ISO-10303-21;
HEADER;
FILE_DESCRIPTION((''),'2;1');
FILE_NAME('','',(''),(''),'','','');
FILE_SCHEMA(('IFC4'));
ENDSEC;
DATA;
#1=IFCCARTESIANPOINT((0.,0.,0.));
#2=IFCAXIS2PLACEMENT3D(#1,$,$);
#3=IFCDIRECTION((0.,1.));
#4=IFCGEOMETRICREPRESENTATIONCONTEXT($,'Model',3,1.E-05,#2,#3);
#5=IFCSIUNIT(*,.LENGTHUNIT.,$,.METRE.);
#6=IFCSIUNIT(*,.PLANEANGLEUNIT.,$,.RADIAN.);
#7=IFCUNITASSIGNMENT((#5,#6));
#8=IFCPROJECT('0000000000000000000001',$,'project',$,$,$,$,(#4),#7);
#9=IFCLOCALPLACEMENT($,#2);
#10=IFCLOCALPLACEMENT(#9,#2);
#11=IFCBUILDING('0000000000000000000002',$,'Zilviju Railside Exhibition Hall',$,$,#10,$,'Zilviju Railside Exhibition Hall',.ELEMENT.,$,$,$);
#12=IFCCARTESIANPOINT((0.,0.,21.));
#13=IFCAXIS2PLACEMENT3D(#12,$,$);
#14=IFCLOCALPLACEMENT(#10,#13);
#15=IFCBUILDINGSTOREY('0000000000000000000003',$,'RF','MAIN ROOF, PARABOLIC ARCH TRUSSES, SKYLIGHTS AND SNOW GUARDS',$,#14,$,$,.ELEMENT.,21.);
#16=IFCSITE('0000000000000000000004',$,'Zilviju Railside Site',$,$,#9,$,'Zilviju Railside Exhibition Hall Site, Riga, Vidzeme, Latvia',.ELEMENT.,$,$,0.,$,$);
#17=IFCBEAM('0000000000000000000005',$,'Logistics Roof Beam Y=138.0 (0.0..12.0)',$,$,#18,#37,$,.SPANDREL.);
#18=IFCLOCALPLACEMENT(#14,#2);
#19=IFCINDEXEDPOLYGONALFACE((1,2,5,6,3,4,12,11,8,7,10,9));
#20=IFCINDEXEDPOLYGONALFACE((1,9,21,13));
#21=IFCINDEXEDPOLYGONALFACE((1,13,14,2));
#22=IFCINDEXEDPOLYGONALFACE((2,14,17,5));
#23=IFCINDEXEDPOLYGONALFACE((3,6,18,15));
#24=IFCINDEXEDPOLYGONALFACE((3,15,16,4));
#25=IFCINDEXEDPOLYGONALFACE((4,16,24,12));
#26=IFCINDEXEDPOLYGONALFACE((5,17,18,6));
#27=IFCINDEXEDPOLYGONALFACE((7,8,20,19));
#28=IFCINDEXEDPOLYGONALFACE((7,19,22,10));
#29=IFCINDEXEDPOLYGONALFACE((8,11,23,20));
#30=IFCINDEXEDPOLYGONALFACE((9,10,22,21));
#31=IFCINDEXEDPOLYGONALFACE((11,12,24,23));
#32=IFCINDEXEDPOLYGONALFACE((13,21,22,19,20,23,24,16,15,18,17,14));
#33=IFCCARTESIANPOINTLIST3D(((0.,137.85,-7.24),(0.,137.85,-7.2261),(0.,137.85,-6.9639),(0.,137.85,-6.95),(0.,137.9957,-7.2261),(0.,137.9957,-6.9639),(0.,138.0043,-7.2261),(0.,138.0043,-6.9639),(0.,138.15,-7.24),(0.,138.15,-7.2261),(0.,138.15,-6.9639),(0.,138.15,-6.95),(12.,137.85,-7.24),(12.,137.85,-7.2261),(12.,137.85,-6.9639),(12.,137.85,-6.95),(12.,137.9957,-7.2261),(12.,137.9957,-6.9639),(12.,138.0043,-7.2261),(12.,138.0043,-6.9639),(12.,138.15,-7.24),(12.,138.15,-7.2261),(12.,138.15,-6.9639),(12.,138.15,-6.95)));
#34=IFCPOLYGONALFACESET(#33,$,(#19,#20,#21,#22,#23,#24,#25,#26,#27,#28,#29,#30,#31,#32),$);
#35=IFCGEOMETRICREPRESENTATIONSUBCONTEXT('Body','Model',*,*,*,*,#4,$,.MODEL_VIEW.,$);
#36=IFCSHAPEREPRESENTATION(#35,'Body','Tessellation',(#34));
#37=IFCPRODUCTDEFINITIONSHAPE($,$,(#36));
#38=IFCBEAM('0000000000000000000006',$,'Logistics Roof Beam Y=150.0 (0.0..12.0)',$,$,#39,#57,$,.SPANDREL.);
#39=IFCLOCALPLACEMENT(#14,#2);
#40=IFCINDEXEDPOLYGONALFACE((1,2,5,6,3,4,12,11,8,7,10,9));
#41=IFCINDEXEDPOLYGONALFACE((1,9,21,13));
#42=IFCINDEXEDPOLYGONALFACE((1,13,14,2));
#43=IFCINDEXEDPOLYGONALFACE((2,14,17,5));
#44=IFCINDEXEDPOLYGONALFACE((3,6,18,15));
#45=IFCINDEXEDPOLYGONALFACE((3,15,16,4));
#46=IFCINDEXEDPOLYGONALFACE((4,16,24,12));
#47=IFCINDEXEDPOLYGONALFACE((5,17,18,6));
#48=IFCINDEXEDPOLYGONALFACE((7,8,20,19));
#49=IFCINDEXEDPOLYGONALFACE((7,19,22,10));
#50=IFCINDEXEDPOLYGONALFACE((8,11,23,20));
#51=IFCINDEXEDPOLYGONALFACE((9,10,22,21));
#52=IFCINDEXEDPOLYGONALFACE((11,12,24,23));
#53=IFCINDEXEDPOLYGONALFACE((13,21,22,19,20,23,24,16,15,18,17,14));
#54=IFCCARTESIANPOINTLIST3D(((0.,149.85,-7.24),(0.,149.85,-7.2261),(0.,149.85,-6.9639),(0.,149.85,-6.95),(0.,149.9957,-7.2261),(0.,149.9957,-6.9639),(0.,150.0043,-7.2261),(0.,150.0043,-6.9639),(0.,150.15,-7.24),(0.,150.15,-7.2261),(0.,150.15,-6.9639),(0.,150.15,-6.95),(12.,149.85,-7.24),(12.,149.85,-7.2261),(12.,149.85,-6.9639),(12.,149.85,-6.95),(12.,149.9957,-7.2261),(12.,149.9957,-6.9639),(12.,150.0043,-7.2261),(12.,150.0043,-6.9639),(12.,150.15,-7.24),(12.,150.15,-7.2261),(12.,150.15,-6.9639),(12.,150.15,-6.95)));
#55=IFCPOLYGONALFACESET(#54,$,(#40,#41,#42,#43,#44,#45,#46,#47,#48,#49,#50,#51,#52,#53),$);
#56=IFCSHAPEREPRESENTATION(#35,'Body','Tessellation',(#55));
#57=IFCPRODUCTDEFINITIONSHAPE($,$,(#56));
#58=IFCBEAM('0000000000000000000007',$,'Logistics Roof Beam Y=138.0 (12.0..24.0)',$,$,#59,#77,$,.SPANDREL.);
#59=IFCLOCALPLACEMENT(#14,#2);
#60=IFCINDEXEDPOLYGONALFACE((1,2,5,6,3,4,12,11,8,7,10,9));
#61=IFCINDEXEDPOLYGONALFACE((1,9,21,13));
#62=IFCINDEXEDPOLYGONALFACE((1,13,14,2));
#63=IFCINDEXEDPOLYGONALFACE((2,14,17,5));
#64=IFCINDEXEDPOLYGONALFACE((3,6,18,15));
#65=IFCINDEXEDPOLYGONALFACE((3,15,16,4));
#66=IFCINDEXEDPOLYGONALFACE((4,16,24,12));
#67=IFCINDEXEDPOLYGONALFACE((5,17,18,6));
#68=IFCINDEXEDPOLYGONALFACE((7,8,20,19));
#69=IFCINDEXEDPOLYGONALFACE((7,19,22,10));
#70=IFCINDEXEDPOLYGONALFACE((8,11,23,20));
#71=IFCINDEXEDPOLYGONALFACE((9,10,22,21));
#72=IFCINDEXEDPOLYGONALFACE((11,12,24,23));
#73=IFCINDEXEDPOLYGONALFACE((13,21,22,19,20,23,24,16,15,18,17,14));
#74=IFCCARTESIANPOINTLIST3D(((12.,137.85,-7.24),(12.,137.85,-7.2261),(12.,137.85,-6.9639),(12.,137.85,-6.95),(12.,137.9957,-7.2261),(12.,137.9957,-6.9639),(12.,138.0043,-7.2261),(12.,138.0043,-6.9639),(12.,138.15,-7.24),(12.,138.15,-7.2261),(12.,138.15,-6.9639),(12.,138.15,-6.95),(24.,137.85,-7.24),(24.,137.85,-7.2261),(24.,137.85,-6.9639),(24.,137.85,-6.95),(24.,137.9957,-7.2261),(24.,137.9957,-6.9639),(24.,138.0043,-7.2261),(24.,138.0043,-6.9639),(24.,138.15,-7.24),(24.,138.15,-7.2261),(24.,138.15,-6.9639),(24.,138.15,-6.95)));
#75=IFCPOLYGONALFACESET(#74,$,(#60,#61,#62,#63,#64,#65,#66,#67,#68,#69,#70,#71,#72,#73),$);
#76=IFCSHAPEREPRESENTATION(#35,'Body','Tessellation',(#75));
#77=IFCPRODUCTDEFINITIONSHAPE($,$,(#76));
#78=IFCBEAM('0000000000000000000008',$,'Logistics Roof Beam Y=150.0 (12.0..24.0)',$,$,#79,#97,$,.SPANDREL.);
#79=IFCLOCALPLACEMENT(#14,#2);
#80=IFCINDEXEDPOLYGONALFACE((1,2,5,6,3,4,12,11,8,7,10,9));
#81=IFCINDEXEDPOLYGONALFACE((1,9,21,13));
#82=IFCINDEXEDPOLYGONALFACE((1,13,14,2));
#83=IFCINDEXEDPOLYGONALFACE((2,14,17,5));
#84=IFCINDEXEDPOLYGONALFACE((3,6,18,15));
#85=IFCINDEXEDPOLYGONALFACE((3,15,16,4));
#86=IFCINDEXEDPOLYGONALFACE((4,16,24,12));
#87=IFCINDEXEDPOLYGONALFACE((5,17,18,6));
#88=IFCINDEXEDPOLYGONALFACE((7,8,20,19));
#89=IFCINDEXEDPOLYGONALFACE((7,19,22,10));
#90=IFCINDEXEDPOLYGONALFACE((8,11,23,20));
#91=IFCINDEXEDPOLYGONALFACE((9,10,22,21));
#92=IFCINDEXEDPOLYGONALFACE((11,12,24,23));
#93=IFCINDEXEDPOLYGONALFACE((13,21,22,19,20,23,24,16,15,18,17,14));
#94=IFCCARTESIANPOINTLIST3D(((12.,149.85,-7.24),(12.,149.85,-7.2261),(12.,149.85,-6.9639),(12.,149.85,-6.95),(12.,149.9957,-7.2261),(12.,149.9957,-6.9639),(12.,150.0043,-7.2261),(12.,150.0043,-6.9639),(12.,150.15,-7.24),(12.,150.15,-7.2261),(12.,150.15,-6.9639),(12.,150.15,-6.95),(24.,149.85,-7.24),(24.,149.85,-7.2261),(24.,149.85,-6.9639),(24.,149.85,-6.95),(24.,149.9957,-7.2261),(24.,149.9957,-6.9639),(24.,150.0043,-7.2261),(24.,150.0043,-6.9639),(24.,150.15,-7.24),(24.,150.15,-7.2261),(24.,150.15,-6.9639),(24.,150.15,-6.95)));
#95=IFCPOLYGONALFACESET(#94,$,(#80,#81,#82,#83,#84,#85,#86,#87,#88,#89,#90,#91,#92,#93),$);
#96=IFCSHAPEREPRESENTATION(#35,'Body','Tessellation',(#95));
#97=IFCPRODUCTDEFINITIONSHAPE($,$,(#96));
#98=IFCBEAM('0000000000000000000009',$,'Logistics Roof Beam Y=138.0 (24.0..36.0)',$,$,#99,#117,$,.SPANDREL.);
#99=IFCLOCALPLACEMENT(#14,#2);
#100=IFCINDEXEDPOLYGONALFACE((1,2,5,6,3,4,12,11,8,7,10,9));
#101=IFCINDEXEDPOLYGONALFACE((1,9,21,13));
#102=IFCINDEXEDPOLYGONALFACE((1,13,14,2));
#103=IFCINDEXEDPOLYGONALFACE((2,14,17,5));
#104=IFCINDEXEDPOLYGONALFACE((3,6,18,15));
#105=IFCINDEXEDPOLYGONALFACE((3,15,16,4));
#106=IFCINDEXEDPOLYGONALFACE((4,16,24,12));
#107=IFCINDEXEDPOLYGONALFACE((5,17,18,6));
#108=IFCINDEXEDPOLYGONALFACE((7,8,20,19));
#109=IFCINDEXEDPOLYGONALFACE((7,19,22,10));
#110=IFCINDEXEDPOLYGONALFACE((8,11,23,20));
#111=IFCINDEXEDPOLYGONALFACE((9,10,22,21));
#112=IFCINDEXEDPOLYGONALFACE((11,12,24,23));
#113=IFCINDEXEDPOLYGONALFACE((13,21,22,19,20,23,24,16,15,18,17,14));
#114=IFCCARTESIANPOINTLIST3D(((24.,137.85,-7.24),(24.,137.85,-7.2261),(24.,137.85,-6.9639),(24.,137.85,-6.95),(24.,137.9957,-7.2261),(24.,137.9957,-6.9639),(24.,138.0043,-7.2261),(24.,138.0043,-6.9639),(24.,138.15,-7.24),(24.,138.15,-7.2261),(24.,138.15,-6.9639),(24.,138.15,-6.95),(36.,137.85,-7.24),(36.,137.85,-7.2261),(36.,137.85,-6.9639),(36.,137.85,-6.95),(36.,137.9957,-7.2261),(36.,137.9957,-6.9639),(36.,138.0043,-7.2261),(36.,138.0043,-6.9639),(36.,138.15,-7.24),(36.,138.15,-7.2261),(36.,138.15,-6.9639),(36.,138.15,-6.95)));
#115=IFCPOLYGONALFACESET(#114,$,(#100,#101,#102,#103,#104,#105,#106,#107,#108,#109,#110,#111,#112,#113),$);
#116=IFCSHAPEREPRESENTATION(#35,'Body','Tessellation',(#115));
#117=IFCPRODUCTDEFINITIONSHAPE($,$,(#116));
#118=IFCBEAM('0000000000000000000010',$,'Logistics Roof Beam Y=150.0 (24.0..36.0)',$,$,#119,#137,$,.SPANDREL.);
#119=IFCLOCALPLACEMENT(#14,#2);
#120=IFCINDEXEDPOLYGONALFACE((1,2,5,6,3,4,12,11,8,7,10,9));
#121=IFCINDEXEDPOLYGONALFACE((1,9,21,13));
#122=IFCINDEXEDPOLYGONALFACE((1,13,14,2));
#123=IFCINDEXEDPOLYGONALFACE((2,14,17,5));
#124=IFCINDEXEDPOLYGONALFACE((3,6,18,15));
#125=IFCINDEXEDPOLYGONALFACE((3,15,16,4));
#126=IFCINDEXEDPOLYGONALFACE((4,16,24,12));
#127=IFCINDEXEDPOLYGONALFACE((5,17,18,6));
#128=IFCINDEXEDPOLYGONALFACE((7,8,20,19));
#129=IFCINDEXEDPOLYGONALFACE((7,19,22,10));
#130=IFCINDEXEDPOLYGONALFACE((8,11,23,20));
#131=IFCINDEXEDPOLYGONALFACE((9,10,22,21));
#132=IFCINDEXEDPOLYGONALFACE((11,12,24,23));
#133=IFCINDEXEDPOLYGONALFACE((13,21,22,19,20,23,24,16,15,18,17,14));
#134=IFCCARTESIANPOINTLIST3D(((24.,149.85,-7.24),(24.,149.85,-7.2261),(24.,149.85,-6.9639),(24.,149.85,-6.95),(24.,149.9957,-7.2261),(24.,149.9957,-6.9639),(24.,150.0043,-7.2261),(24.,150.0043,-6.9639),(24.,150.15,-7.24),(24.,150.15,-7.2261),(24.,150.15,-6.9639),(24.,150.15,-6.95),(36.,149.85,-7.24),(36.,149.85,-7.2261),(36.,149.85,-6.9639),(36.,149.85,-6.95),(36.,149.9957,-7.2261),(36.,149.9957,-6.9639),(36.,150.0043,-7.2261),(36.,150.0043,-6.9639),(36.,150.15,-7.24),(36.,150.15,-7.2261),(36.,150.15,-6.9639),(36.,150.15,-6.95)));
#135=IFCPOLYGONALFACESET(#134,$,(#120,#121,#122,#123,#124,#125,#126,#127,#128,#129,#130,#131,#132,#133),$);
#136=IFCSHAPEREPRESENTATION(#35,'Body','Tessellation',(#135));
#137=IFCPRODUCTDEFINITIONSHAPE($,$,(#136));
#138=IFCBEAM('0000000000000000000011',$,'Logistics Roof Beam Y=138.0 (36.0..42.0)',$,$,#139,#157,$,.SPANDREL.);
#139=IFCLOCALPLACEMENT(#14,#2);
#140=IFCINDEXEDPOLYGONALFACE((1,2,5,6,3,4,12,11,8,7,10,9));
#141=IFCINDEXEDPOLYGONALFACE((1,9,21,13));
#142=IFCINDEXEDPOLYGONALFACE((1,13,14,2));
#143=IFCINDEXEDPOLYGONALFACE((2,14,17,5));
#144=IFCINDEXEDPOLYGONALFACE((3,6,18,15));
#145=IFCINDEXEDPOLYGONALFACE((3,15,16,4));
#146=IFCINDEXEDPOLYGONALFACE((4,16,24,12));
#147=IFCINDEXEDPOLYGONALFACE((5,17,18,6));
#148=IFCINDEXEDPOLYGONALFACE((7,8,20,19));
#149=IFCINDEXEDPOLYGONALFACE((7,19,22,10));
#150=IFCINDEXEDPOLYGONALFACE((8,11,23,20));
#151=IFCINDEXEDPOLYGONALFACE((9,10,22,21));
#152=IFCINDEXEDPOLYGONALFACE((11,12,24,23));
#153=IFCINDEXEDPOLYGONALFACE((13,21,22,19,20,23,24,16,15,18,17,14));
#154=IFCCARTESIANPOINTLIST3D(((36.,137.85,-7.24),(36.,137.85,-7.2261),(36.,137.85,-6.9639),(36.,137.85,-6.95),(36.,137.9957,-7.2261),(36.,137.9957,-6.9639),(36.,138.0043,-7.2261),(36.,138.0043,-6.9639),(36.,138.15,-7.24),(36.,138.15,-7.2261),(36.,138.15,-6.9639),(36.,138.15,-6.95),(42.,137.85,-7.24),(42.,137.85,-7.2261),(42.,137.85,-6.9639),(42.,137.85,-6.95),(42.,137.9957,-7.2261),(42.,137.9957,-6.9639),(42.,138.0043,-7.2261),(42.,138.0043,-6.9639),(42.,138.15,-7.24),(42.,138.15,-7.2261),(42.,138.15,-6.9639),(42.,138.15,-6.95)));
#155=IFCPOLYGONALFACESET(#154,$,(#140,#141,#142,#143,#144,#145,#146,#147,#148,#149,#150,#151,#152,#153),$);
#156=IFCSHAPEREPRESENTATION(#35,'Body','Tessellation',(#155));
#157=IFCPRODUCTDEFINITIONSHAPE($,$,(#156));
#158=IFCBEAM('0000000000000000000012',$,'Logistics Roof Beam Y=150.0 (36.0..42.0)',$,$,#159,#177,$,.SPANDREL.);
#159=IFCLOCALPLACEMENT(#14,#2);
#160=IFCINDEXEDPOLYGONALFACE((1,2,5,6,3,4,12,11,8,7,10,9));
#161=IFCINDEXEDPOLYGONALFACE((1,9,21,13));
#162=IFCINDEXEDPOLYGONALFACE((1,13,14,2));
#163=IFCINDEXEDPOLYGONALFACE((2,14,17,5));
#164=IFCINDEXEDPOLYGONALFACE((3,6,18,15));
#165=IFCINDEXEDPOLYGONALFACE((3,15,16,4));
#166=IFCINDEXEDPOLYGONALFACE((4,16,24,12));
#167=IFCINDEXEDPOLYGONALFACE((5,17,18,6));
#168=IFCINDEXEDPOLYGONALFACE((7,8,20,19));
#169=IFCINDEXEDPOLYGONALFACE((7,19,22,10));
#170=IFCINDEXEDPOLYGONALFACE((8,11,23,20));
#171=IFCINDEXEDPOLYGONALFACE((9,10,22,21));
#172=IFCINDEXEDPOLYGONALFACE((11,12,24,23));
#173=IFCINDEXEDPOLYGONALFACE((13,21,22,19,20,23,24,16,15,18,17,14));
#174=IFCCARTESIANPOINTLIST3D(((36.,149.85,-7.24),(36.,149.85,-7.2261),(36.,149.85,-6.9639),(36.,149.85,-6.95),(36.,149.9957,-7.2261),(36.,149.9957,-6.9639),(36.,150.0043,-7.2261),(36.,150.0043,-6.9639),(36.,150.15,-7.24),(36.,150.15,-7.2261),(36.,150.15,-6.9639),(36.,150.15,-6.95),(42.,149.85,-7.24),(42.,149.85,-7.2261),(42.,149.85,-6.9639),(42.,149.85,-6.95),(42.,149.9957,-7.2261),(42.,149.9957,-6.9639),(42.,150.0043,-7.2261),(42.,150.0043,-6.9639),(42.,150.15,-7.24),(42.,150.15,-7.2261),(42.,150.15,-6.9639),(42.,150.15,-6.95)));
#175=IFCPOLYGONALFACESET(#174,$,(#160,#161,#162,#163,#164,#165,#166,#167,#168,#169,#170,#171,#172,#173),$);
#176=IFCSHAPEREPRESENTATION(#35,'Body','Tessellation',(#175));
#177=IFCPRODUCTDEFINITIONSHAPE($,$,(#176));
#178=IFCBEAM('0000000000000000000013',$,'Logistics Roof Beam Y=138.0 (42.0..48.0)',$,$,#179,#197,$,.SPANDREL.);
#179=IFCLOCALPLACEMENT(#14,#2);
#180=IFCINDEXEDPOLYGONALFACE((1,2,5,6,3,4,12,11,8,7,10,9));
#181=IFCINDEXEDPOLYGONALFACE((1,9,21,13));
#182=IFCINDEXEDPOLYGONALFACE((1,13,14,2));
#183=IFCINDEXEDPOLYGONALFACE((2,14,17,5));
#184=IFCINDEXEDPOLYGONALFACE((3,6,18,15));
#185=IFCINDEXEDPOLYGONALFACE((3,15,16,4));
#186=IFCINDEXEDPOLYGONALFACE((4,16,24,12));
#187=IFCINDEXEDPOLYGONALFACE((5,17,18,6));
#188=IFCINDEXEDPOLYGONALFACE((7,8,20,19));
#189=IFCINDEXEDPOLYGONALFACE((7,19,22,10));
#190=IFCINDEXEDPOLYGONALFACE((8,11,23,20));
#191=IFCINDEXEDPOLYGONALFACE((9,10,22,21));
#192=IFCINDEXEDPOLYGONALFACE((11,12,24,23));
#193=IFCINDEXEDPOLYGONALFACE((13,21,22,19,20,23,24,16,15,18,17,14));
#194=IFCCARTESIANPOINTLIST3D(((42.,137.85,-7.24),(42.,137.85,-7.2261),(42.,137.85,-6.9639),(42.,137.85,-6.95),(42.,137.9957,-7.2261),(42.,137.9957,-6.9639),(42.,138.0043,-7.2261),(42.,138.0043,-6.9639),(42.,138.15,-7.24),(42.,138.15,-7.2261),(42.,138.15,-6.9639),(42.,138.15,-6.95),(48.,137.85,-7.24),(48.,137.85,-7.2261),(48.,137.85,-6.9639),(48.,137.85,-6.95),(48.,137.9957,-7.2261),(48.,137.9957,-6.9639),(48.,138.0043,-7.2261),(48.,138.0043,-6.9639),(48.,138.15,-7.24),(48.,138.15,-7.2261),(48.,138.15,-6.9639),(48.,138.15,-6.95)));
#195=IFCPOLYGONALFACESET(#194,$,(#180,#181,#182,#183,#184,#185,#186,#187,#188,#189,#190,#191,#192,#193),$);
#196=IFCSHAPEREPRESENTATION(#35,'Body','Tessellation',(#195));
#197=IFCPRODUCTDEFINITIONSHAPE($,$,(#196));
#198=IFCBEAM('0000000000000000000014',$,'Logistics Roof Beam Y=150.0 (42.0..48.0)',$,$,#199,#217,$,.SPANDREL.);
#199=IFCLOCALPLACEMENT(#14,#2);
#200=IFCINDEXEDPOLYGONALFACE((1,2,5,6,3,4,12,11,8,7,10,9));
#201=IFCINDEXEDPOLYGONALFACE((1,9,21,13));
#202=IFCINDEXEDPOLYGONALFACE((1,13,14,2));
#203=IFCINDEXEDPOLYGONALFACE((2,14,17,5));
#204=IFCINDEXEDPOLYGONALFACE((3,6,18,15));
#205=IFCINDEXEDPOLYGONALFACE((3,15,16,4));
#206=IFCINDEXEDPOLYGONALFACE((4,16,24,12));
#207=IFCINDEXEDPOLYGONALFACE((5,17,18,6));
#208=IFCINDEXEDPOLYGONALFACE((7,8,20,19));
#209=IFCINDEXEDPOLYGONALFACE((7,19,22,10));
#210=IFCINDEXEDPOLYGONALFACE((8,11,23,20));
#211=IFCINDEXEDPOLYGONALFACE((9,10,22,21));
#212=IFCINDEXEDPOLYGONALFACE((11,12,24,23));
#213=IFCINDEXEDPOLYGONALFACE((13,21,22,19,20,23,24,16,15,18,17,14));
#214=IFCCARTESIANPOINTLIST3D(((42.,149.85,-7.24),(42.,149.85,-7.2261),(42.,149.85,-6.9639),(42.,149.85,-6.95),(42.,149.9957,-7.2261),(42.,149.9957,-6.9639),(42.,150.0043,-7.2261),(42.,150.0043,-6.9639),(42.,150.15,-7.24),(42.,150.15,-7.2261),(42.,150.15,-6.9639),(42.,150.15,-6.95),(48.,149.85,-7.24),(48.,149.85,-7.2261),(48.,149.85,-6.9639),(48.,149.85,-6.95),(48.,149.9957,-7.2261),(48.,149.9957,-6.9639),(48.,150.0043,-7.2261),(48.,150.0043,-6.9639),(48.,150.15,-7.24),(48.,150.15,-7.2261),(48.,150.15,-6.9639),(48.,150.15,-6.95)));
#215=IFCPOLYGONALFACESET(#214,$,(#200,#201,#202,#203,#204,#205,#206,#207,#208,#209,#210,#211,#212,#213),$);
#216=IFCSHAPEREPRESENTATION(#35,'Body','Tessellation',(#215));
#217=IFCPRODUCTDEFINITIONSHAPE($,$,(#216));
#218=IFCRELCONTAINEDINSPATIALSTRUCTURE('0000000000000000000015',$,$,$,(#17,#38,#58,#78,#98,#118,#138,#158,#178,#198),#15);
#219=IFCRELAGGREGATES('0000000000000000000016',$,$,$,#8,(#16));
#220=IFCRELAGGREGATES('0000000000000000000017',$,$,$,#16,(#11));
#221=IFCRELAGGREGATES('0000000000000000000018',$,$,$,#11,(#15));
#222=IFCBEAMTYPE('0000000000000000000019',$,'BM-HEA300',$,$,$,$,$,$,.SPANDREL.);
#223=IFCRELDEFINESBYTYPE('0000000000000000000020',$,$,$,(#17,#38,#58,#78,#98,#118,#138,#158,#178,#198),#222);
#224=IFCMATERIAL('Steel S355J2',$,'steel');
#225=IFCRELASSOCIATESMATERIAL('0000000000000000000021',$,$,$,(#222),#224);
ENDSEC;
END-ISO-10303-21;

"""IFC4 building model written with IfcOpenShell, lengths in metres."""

from ifc_helpers import new_model, si_unit, direction, frame, origin, origin_2d, place, context, subcontext, project, spatial, i_section, extrude, material, material_profile, profile_set, type_object, element, save


model = new_model("IFC4")

# Units and contexts
model_context = context("Model", 3, precision=1e-05, world=origin(), true_north=direction((0.0, 1.0)))
body_context = subcontext(model_context, "Body", "Model", "MODEL_VIEW")
ifc_project = project(units=[si_unit("LENGTHUNIT", "METRE"), si_unit("PLANEANGLEUNIT", "RADIAN")], contexts=[model_context])

# Site, building, storey
site_placement = place(None, origin())
site = spatial("IfcSite", under=ifc_project, at=site_placement, Name="Zilviju Railside Site", LongName="Zilviju Railside Exhibition Hall Site, Riga, Vidzeme, Latvia", CompositionType="ELEMENT", RefElevation=0.0)
building_placement = place(site_placement, origin())
building = spatial("IfcBuilding", under=site, at=building_placement, Name="Zilviju Railside Exhibition Hall", LongName="Zilviju Railside Exhibition Hall", CompositionType="ELEMENT")
storey_placement = place(building_placement, frame((0.0, 0.0, 21.0)))
storey = spatial("IfcBuildingStorey", under=building, at=storey_placement, Name="RF", Description="MAIN ROOF, PARABOLIC ARCH TRUSSES, SKYLIGHTS AND SNOW GUARDS", CompositionType="ELEMENT", Elevation=21.0)

# Beams
ifc_material_1 = material(Name="Steel S355J2", Category="steel")
ifc_material_profile_1 = material_profile(ifc_material_1, i_section(OverallWidth=0.3, OverallDepth=0.29, WebThickness=0.0085, FlangeThickness=0.0139, at=origin_2d()), Name="HEA 300")
ifc_profile_set_1 = profile_set([ifc_material_profile_1], Name="Steel S355J2")
beam_type_1 = type_object("IfcBeamType", Name="BM-HEA300", PredefinedType="SPANDREL", material=ifc_profile_set_1)
for number, where, z_axis, x_axis, name in (
    (1, (0.0, 138.0, -7.095), (1.0, 0.0, 0.0), (0.0, 1.0, 0.0), "Logistics Roof Beam Y=138.0 (0.0..12.0)"),
    (2, (0.0, 150.0, -7.095), (1.0, 0.0, 0.0), (0.0, 1.0, 0.0), "Logistics Roof Beam Y=150.0 (0.0..12.0)"),
    (3, (12.0, 138.0, -7.095), (1.0, 0.0, 0.0), (0.0, 1.0, 0.0), "Logistics Roof Beam Y=138.0 (12.0..24.0)"),
    (4, (12.0, 150.0, -7.095), (1.0, 0.0, 0.0), (0.0, 1.0, 0.0), "Logistics Roof Beam Y=150.0 (12.0..24.0)"),
    (5, (24.0, 138.0, -7.095), (1.0, 0.0, 0.0), (0.0, 1.0, 0.0), "Logistics Roof Beam Y=138.0 (24.0..36.0)"),
    (6, (24.0, 150.0, -7.095), (1.0, 0.0, 0.0), (0.0, 1.0, 0.0), "Logistics Roof Beam Y=150.0 (24.0..36.0)"),
):
    element("IfcBeam", number, at=place(storey_placement, frame(where, z_axis=z_axis, x_axis=x_axis)), inside=storey, type_object=beam_type_1, Name=name, PredefinedType="SPANDREL", context=body_context, shape_type="SweptSolid", body=[
        extrude(i_section(OverallWidth=0.3, OverallDepth=0.29, WebThickness=0.0085, FlangeThickness=0.0139, at=origin_2d()), origin(), (0.0, 0.0, 1.0), 12.0),
    ])
for number, where, z_axis, x_axis, name in (
    (7, (36.0, 138.0, -7.095), (1.0, 0.0, 0.0), (0.0, 1.0, 0.0), "Logistics Roof Beam Y=138.0 (36.0..42.0)"),
    (8, (36.0, 150.0, -7.095), (1.0, 0.0, 0.0), (0.0, 1.0, 0.0), "Logistics Roof Beam Y=150.0 (36.0..42.0)"),
    (9, (42.0, 138.0, -7.095), (1.0, 0.0, 0.0), (0.0, 1.0, 0.0), "Logistics Roof Beam Y=138.0 (42.0..48.0)"),
    (10, (42.0, 150.0, -7.095), (1.0, 0.0, 0.0), (0.0, 1.0, 0.0), "Logistics Roof Beam Y=150.0 (42.0..48.0)"),
):
    element("IfcBeam", number, at=place(storey_placement, frame(where, z_axis=z_axis, x_axis=x_axis)), inside=storey, type_object=beam_type_1, Name=name, PredefinedType="SPANDREL", context=body_context, shape_type="SweptSolid", body=[
        extrude(i_section(OverallWidth=0.3, OverallDepth=0.29, WebThickness=0.0085, FlangeThickness=0.0139, at=origin_2d()), origin(), (0.0, 0.0, 1.0), 6.0),
    ])

save(model, "model.ifc")
